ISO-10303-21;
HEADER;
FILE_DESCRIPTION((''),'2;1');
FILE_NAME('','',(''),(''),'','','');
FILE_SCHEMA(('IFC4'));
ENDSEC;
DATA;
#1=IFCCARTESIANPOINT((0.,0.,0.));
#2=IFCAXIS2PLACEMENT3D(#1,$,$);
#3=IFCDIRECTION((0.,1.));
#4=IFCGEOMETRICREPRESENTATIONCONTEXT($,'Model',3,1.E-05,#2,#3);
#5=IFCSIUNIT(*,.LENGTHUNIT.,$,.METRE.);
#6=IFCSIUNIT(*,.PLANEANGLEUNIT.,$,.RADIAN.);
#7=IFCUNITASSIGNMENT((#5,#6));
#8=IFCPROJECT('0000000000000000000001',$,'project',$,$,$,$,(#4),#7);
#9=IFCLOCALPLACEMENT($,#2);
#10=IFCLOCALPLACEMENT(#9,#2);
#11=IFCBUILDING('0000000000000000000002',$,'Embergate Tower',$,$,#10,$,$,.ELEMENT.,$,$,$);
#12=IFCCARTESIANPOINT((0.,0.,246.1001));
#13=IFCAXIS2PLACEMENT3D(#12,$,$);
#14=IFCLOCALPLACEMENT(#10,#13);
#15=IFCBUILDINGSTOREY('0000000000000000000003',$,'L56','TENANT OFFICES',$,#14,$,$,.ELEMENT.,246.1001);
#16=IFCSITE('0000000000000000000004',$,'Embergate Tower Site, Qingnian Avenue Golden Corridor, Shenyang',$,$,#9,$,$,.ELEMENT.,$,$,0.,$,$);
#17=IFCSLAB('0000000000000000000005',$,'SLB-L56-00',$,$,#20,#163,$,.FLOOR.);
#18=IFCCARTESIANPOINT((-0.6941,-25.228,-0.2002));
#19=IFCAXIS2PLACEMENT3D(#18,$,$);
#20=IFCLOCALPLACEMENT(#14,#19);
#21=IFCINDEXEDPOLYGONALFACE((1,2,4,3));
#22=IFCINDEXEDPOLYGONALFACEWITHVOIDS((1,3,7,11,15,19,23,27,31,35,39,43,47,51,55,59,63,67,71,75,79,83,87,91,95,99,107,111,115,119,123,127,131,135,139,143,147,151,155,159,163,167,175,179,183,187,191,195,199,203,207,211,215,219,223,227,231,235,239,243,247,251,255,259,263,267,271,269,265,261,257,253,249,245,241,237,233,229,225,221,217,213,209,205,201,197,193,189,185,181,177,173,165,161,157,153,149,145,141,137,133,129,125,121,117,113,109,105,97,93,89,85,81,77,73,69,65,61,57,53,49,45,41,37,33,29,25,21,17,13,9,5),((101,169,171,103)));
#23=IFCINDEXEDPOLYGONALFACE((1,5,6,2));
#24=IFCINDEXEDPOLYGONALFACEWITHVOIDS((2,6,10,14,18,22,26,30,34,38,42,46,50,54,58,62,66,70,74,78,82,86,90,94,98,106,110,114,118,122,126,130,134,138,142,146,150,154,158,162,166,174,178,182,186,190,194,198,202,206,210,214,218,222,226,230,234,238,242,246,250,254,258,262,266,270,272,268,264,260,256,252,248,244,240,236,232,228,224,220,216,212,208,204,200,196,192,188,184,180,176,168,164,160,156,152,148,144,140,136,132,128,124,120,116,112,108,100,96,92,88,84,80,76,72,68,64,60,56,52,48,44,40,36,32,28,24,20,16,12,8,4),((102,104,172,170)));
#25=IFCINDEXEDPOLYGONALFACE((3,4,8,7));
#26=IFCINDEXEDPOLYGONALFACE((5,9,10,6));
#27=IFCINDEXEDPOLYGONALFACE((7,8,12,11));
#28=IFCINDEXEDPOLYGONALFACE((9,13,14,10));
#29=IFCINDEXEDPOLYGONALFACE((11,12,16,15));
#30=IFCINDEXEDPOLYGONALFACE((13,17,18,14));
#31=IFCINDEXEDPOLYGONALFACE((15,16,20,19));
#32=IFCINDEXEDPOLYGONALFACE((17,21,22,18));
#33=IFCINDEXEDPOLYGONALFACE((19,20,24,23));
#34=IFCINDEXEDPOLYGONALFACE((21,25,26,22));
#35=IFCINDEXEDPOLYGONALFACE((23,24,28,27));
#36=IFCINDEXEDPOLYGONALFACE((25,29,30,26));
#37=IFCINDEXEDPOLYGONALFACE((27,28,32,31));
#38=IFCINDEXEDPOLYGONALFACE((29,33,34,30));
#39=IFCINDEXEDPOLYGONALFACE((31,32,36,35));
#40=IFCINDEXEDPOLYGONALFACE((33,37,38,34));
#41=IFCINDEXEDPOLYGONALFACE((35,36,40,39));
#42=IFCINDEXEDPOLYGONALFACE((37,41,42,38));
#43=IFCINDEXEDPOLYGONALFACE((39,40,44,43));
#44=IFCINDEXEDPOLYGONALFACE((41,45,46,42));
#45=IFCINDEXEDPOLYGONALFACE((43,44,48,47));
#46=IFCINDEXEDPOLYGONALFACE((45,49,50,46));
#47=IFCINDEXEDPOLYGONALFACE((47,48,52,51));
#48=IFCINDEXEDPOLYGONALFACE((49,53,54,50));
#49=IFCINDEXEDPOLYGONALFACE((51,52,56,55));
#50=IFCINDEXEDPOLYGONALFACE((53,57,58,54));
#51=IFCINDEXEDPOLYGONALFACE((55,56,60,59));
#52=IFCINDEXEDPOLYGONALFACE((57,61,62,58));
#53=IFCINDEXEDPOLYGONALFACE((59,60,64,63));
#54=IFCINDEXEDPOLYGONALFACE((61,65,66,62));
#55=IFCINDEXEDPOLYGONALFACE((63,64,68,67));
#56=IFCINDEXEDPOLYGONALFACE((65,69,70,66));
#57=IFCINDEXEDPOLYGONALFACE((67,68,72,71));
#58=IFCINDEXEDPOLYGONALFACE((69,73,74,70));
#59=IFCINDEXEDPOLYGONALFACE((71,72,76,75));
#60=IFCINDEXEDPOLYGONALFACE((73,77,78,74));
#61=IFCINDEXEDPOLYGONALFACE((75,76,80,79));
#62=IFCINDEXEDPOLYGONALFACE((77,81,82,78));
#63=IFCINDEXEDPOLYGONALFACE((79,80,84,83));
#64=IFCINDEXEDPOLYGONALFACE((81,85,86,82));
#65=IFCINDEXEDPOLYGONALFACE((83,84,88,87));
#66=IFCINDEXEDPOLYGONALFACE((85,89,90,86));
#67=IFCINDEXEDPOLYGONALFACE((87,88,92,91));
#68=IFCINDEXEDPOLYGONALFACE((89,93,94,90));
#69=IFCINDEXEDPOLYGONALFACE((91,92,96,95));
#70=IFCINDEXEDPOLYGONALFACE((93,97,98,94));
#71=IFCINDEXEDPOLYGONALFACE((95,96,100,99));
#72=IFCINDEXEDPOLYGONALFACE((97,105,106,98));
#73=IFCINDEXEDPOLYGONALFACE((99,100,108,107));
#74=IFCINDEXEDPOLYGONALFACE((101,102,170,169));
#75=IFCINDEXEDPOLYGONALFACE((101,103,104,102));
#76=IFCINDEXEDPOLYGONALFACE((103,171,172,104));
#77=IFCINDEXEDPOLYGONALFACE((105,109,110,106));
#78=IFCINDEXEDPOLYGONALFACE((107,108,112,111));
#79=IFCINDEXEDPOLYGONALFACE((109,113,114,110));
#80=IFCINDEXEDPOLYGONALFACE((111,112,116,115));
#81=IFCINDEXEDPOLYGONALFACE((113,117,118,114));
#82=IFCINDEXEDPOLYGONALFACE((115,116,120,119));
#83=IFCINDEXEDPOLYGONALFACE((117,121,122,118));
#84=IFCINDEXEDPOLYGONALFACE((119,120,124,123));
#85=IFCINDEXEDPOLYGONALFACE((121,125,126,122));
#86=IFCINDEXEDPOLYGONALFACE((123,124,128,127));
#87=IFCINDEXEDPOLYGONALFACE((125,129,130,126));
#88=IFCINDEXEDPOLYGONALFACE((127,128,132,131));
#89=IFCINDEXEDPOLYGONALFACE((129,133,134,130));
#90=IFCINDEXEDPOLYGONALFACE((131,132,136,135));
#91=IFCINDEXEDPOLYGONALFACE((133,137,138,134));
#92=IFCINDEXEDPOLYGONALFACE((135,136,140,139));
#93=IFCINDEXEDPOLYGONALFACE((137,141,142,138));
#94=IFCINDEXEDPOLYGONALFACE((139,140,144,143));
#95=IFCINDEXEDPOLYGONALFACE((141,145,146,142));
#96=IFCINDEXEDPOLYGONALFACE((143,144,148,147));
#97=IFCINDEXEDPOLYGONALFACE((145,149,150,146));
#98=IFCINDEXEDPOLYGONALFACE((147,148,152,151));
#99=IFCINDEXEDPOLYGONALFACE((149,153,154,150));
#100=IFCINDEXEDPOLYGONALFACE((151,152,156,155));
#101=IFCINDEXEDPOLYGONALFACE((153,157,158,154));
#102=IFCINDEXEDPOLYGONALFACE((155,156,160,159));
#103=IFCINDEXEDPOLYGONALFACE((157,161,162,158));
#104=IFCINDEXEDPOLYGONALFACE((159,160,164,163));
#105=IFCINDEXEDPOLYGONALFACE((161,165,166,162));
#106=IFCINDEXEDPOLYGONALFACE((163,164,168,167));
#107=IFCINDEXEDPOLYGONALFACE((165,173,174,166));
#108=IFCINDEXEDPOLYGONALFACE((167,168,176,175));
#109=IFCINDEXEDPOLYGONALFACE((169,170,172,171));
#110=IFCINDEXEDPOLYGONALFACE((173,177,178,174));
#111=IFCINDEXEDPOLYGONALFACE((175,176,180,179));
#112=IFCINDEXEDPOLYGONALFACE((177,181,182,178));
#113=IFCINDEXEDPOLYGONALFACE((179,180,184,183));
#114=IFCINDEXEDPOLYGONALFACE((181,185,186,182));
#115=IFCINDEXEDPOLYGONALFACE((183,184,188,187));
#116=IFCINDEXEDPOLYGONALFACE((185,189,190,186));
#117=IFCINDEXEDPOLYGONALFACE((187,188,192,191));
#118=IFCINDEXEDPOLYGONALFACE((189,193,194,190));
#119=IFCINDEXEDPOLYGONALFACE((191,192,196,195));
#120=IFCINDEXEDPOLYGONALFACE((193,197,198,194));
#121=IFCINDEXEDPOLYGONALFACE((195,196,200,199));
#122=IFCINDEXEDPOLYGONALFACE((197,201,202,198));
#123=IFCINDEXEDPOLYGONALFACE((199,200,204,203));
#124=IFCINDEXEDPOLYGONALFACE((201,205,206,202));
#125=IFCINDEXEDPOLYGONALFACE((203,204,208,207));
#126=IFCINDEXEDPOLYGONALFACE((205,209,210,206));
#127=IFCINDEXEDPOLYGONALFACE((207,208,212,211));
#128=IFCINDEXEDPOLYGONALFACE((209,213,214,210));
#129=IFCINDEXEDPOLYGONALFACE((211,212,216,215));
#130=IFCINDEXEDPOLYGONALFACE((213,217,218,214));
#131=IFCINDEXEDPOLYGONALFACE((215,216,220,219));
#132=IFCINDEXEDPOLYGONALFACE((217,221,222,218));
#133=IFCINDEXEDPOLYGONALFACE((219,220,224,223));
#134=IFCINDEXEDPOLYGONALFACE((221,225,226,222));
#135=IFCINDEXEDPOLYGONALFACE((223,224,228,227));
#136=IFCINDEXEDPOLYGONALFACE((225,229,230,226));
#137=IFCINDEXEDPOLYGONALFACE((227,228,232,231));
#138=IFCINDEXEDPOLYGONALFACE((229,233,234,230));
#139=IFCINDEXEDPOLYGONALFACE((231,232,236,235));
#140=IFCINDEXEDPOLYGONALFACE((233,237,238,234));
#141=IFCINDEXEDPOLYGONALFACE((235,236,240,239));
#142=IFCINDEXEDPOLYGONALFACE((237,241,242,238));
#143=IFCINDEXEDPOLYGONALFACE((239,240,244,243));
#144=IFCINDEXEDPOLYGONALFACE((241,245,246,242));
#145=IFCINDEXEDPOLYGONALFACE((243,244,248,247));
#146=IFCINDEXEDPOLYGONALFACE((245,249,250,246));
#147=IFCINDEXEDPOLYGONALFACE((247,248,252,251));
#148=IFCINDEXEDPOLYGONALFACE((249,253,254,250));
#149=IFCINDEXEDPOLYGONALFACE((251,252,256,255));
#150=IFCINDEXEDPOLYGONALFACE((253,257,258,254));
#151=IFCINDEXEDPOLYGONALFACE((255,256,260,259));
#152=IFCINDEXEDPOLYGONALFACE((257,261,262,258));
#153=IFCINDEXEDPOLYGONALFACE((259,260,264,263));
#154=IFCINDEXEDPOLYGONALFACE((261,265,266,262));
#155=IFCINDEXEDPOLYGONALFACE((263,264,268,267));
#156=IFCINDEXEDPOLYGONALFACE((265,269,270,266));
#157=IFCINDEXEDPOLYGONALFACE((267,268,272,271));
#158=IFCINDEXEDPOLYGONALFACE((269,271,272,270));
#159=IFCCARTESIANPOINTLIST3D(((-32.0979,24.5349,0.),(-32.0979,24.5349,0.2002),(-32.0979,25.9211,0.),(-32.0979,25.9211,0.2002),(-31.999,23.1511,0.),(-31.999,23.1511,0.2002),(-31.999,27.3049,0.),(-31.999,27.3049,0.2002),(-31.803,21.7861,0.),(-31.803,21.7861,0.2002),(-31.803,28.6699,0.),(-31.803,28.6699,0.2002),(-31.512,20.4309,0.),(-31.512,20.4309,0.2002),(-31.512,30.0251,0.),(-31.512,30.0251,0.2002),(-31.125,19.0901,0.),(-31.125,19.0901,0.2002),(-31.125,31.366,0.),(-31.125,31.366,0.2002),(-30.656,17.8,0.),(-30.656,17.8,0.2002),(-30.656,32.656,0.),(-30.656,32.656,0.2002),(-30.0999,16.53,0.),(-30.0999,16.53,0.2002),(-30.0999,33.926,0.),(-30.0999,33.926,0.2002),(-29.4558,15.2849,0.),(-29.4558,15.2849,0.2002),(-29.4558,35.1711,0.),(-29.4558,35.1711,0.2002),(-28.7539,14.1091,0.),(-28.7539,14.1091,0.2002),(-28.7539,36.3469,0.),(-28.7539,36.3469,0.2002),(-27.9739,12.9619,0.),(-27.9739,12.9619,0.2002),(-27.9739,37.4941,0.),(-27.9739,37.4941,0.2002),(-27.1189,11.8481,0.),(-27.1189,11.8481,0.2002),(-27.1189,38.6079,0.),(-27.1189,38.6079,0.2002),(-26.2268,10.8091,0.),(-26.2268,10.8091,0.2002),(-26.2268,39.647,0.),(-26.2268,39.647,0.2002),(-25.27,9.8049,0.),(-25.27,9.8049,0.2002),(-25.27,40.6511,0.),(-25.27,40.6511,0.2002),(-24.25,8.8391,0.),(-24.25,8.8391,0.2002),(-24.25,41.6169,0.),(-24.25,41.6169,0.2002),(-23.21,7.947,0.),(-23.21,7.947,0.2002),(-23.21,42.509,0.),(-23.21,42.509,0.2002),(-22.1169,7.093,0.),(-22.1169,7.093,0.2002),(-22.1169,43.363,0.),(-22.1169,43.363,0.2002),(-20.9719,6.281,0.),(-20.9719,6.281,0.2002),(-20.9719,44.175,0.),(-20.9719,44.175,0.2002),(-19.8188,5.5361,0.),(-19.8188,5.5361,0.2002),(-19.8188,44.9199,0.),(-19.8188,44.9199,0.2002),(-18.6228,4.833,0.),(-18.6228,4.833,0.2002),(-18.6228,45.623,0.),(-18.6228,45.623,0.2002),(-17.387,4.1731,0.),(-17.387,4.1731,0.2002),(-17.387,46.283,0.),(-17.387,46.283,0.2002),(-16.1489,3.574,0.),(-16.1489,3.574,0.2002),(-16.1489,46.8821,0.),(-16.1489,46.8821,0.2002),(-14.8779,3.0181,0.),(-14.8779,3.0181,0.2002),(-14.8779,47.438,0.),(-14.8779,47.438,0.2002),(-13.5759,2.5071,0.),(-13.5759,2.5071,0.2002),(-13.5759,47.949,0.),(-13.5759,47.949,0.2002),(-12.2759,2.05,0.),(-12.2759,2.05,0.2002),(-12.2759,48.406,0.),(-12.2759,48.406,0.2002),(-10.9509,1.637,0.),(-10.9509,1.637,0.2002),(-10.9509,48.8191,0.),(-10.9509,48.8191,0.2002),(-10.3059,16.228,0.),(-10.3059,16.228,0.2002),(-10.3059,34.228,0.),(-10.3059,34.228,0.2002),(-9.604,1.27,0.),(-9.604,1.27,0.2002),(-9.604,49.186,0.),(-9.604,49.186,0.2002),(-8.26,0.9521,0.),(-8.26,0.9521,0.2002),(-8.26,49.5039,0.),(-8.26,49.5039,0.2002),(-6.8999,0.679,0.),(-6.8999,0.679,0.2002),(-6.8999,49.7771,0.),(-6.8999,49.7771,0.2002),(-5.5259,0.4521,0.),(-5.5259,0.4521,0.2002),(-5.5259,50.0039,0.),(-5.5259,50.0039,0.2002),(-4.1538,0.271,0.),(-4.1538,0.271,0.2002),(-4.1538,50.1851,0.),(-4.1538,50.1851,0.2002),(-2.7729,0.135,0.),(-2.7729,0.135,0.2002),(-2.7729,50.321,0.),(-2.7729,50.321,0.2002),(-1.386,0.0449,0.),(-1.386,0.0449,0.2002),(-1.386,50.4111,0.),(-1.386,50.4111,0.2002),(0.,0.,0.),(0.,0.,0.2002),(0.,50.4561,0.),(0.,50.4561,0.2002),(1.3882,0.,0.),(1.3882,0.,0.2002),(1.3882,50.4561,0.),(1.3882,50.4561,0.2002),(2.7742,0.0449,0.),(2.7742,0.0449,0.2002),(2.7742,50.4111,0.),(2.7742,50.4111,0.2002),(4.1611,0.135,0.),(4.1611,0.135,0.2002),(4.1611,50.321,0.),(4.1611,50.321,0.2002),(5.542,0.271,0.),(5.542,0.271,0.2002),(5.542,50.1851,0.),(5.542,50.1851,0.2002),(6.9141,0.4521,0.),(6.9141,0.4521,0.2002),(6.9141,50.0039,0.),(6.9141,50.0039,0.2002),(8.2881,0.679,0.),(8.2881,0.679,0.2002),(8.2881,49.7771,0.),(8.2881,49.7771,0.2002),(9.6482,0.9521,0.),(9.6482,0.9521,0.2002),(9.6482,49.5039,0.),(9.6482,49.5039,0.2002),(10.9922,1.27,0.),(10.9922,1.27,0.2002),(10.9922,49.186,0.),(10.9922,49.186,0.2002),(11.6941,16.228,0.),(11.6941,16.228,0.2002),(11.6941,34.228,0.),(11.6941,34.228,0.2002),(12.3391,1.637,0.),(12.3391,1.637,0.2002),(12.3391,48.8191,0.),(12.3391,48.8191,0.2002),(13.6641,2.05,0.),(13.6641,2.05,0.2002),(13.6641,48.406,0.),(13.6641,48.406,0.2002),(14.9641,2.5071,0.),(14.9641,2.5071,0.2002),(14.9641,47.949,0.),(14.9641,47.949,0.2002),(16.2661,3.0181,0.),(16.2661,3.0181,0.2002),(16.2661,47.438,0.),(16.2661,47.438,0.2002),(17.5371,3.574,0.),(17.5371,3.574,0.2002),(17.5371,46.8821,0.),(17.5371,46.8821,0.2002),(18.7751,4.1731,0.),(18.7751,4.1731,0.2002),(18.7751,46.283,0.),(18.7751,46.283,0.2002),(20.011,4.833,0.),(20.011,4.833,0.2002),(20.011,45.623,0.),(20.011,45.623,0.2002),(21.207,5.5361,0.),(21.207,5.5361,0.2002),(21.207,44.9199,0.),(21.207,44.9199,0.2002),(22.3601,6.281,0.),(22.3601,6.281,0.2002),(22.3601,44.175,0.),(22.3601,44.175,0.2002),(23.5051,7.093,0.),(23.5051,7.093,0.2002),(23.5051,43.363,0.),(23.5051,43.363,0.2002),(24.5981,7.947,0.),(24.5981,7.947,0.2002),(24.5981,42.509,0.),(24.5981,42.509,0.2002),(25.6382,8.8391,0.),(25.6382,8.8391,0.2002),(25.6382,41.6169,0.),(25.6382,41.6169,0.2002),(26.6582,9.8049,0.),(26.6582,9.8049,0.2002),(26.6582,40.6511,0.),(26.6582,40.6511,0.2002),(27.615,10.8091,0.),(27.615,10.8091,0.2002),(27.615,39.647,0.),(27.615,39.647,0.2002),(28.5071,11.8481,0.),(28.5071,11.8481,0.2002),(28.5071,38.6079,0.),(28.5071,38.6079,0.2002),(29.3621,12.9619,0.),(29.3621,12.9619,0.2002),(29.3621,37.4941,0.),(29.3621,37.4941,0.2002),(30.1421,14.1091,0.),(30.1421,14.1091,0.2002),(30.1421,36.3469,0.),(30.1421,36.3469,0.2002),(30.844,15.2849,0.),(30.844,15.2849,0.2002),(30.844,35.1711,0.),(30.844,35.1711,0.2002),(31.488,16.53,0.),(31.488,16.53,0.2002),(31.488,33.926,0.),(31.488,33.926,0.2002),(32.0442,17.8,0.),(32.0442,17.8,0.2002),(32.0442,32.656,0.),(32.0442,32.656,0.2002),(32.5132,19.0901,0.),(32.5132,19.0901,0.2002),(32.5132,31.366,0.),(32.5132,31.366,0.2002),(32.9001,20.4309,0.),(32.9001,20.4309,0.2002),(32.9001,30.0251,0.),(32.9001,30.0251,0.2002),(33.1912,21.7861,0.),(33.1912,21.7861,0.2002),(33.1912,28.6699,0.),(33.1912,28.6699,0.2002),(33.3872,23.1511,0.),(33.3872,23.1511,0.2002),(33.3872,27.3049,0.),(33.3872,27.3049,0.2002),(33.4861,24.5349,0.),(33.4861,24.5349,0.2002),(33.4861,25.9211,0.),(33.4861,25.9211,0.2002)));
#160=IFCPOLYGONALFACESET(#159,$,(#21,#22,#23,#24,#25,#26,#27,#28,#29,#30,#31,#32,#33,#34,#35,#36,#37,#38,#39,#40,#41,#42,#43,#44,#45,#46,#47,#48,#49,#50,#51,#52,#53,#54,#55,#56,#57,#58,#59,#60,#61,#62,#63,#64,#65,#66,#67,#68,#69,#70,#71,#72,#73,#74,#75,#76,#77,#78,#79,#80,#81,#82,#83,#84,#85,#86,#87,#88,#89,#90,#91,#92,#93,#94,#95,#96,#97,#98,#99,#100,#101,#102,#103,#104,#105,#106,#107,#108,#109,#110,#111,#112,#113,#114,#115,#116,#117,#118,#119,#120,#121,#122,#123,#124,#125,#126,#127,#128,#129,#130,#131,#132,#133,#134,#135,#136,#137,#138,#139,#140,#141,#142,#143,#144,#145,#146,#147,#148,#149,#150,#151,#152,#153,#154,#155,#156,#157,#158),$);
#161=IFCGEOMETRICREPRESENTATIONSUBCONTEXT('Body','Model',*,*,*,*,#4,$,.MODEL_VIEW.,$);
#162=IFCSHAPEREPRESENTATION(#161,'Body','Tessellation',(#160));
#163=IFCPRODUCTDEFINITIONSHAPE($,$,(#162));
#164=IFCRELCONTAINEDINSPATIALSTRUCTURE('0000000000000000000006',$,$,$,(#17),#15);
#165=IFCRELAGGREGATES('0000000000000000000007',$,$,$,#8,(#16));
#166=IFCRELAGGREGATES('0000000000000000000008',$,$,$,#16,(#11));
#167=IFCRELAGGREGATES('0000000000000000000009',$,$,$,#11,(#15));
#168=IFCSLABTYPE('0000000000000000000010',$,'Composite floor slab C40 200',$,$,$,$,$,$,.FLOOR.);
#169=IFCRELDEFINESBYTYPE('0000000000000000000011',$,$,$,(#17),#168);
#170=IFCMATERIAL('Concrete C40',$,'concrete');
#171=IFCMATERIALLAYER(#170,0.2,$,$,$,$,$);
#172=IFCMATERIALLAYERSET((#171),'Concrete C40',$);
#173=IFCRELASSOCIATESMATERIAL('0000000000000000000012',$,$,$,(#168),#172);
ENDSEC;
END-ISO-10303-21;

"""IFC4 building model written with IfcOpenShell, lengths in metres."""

from ifc_helpers import new_model, si_unit, direction, frame, origin, place, context, subcontext, project, spatial, polyline, outline, extrude, source, transform, mapped, material, layer, layer_set, type_object, element, save


model = new_model("IFC4")

# Units and contexts
model_context = context("Model", 3, precision=1e-05, world=origin(), true_north=direction((0.0, 1.0)))
body_context = subcontext(model_context, "Body", "Model", "MODEL_VIEW")
ifc_project = project(units=[si_unit("LENGTHUNIT", "METRE"), si_unit("PLANEANGLEUNIT", "RADIAN")], contexts=[model_context])

# Site, building, storey
site_placement = place(None, origin())
site = spatial("IfcSite", under=ifc_project, at=site_placement, Name="Embergate Tower Site, Qingnian Avenue Golden Corridor, Shenyang", CompositionType="ELEMENT", RefElevation=0.0)
building_placement = place(site_placement, origin())
building = spatial("IfcBuilding", under=site, at=building_placement, Name="Embergate Tower", CompositionType="ELEMENT")
storey_placement = place(building_placement, frame((0.0, 0.0, 246.1001)))
storey = spatial("IfcBuildingStorey", under=building, at=storey_placement, Name="L56", Description="TENANT OFFICES", CompositionType="ELEMENT", Elevation=246.1001)

# Slab
ifc_material_1 = material(Name="Concrete C40", Category="concrete")
ifc_layer_1 = layer(ifc_material_1, 0.2)
ifc_layer_set_1 = layer_set([ifc_layer_1], Name="Concrete C40")
slab_type = type_object("IfcSlabType", Name="Composite floor slab C40 200", PredefinedType="FLOOR", material=ifc_layer_set_1)
shared_shape_1 = source(origin(), body_context, "Body", "SweptSolid", [
    extrude(outline(polyline([(0.0, 0.0), (1.3882, 0.0), (2.7742, 0.0449), (4.1611, 0.135), (5.542, 0.271), (6.9141, 0.4521), (8.2881, 0.679), (9.6482, 0.9521), (10.9922, 1.27), (12.3391, 1.637), (13.6641, 2.05), (14.9641, 2.5071), (16.2661, 3.0181), (17.5371, 3.574), (18.7751, 4.1731), (20.011, 4.833), (21.207, 5.5361), (22.3601, 6.281), (23.5051, 7.093), (24.5981, 7.947), (25.6382, 8.8391), (26.6582, 9.8049), (27.615, 10.8091), (28.5071, 11.8481), (29.3621, 12.9619), (30.1421, 14.1091), (30.844, 15.2849), (31.488, 16.53), (32.0442, 17.8), (32.5132, 19.0901), (32.9001, 20.4309), (33.1912, 21.7861), (33.3872, 23.1511), (33.4861, 24.5349), (33.4861, 25.9211), (33.3872, 27.3049), (33.1912, 28.6699), (32.9001, 30.0251), (32.5132, 31.366), (32.0442, 32.656), (31.488, 33.926), (30.844, 35.1711), (30.1421, 36.3469), (29.3621, 37.4941), (28.5071, 38.6079), (27.615, 39.647), (26.6582, 40.6511), (25.6382, 41.6169), (24.5981, 42.509), (23.5051, 43.363), (22.3601, 44.175), (21.207, 44.9199), (20.011, 45.623), (18.7751, 46.283), (17.5371, 46.8821), (16.2661, 47.438), (14.9641, 47.949), (13.6641, 48.406), (12.3391, 48.8191), (10.9922, 49.186), (9.6482, 49.5039), (8.2881, 49.7771), (6.9141, 50.0039), (5.542, 50.1851), (4.1611, 50.321), (2.7742, 50.4111), (1.3882, 50.4561), (0.0, 50.4561), (-1.386, 50.4111), (-2.7729, 50.321), (-4.1538, 50.1851), (-5.5259, 50.0039), (-6.8999, 49.7771), (-8.26, 49.5039), (-9.604, 49.186), (-10.9509, 48.8191), (-12.2759, 48.406), (-13.5759, 47.949), (-14.8779, 47.438), (-16.1489, 46.8821), (-17.387, 46.283), (-18.6228, 45.623), (-19.8188, 44.9199), (-20.9719, 44.175), (-22.1169, 43.363), (-23.21, 42.509), (-24.25, 41.6169), (-25.27, 40.6511), (-26.2268, 39.647), (-27.1189, 38.6079), (-27.9739, 37.4941), (-28.7539, 36.3469), (-29.4558, 35.1711), (-30.0999, 33.926), (-30.656, 32.656), (-31.125, 31.366), (-31.512, 30.0251), (-31.803, 28.6699), (-31.999, 27.3049), (-32.0979, 25.9211), (-32.0979, 24.5349), (-31.999, 23.1511), (-31.803, 21.7861), (-31.512, 20.4309), (-31.125, 19.0901), (-30.656, 17.8), (-30.0999, 16.53), (-29.4558, 15.2849), (-28.7539, 14.1091), (-27.9739, 12.9619), (-27.1189, 11.8481), (-26.2268, 10.8091), (-25.27, 9.8049), (-24.25, 8.8391), (-23.21, 7.947), (-22.1169, 7.093), (-20.9719, 6.281), (-19.8188, 5.5361), (-18.6228, 4.833), (-17.387, 4.1731), (-16.1489, 3.574), (-14.8779, 3.0181), (-13.5759, 2.5071), (-12.2759, 2.05), (-10.9509, 1.637), (-9.604, 1.27), (-8.26, 0.9521), (-6.8999, 0.679), (-5.5259, 0.4521), (-4.1538, 0.271), (-2.7729, 0.135), (-1.386, 0.0449), (0.0, 0.0)]), holes=[polyline([(-10.3059, 16.228), (-10.3059, 34.228), (11.6941, 34.228), (11.6941, 16.228), (-10.3059, 16.228)])]), origin(), (0.0, 0.0, 1.0), 0.2002),
])
slab_placement = place(storey_placement, frame((-0.6941, -25.228, -0.2002)))
element("IfcSlab", 1, at=slab_placement, inside=storey, type_object=slab_type, Name="SLB-L56-00", PredefinedType="FLOOR", context=body_context, shape_type="MappedRepresentation", body=[
    mapped(shared_shape_1, transform((0.0, 0.0, 0.0))),
])

save(model, "model.ifc")
